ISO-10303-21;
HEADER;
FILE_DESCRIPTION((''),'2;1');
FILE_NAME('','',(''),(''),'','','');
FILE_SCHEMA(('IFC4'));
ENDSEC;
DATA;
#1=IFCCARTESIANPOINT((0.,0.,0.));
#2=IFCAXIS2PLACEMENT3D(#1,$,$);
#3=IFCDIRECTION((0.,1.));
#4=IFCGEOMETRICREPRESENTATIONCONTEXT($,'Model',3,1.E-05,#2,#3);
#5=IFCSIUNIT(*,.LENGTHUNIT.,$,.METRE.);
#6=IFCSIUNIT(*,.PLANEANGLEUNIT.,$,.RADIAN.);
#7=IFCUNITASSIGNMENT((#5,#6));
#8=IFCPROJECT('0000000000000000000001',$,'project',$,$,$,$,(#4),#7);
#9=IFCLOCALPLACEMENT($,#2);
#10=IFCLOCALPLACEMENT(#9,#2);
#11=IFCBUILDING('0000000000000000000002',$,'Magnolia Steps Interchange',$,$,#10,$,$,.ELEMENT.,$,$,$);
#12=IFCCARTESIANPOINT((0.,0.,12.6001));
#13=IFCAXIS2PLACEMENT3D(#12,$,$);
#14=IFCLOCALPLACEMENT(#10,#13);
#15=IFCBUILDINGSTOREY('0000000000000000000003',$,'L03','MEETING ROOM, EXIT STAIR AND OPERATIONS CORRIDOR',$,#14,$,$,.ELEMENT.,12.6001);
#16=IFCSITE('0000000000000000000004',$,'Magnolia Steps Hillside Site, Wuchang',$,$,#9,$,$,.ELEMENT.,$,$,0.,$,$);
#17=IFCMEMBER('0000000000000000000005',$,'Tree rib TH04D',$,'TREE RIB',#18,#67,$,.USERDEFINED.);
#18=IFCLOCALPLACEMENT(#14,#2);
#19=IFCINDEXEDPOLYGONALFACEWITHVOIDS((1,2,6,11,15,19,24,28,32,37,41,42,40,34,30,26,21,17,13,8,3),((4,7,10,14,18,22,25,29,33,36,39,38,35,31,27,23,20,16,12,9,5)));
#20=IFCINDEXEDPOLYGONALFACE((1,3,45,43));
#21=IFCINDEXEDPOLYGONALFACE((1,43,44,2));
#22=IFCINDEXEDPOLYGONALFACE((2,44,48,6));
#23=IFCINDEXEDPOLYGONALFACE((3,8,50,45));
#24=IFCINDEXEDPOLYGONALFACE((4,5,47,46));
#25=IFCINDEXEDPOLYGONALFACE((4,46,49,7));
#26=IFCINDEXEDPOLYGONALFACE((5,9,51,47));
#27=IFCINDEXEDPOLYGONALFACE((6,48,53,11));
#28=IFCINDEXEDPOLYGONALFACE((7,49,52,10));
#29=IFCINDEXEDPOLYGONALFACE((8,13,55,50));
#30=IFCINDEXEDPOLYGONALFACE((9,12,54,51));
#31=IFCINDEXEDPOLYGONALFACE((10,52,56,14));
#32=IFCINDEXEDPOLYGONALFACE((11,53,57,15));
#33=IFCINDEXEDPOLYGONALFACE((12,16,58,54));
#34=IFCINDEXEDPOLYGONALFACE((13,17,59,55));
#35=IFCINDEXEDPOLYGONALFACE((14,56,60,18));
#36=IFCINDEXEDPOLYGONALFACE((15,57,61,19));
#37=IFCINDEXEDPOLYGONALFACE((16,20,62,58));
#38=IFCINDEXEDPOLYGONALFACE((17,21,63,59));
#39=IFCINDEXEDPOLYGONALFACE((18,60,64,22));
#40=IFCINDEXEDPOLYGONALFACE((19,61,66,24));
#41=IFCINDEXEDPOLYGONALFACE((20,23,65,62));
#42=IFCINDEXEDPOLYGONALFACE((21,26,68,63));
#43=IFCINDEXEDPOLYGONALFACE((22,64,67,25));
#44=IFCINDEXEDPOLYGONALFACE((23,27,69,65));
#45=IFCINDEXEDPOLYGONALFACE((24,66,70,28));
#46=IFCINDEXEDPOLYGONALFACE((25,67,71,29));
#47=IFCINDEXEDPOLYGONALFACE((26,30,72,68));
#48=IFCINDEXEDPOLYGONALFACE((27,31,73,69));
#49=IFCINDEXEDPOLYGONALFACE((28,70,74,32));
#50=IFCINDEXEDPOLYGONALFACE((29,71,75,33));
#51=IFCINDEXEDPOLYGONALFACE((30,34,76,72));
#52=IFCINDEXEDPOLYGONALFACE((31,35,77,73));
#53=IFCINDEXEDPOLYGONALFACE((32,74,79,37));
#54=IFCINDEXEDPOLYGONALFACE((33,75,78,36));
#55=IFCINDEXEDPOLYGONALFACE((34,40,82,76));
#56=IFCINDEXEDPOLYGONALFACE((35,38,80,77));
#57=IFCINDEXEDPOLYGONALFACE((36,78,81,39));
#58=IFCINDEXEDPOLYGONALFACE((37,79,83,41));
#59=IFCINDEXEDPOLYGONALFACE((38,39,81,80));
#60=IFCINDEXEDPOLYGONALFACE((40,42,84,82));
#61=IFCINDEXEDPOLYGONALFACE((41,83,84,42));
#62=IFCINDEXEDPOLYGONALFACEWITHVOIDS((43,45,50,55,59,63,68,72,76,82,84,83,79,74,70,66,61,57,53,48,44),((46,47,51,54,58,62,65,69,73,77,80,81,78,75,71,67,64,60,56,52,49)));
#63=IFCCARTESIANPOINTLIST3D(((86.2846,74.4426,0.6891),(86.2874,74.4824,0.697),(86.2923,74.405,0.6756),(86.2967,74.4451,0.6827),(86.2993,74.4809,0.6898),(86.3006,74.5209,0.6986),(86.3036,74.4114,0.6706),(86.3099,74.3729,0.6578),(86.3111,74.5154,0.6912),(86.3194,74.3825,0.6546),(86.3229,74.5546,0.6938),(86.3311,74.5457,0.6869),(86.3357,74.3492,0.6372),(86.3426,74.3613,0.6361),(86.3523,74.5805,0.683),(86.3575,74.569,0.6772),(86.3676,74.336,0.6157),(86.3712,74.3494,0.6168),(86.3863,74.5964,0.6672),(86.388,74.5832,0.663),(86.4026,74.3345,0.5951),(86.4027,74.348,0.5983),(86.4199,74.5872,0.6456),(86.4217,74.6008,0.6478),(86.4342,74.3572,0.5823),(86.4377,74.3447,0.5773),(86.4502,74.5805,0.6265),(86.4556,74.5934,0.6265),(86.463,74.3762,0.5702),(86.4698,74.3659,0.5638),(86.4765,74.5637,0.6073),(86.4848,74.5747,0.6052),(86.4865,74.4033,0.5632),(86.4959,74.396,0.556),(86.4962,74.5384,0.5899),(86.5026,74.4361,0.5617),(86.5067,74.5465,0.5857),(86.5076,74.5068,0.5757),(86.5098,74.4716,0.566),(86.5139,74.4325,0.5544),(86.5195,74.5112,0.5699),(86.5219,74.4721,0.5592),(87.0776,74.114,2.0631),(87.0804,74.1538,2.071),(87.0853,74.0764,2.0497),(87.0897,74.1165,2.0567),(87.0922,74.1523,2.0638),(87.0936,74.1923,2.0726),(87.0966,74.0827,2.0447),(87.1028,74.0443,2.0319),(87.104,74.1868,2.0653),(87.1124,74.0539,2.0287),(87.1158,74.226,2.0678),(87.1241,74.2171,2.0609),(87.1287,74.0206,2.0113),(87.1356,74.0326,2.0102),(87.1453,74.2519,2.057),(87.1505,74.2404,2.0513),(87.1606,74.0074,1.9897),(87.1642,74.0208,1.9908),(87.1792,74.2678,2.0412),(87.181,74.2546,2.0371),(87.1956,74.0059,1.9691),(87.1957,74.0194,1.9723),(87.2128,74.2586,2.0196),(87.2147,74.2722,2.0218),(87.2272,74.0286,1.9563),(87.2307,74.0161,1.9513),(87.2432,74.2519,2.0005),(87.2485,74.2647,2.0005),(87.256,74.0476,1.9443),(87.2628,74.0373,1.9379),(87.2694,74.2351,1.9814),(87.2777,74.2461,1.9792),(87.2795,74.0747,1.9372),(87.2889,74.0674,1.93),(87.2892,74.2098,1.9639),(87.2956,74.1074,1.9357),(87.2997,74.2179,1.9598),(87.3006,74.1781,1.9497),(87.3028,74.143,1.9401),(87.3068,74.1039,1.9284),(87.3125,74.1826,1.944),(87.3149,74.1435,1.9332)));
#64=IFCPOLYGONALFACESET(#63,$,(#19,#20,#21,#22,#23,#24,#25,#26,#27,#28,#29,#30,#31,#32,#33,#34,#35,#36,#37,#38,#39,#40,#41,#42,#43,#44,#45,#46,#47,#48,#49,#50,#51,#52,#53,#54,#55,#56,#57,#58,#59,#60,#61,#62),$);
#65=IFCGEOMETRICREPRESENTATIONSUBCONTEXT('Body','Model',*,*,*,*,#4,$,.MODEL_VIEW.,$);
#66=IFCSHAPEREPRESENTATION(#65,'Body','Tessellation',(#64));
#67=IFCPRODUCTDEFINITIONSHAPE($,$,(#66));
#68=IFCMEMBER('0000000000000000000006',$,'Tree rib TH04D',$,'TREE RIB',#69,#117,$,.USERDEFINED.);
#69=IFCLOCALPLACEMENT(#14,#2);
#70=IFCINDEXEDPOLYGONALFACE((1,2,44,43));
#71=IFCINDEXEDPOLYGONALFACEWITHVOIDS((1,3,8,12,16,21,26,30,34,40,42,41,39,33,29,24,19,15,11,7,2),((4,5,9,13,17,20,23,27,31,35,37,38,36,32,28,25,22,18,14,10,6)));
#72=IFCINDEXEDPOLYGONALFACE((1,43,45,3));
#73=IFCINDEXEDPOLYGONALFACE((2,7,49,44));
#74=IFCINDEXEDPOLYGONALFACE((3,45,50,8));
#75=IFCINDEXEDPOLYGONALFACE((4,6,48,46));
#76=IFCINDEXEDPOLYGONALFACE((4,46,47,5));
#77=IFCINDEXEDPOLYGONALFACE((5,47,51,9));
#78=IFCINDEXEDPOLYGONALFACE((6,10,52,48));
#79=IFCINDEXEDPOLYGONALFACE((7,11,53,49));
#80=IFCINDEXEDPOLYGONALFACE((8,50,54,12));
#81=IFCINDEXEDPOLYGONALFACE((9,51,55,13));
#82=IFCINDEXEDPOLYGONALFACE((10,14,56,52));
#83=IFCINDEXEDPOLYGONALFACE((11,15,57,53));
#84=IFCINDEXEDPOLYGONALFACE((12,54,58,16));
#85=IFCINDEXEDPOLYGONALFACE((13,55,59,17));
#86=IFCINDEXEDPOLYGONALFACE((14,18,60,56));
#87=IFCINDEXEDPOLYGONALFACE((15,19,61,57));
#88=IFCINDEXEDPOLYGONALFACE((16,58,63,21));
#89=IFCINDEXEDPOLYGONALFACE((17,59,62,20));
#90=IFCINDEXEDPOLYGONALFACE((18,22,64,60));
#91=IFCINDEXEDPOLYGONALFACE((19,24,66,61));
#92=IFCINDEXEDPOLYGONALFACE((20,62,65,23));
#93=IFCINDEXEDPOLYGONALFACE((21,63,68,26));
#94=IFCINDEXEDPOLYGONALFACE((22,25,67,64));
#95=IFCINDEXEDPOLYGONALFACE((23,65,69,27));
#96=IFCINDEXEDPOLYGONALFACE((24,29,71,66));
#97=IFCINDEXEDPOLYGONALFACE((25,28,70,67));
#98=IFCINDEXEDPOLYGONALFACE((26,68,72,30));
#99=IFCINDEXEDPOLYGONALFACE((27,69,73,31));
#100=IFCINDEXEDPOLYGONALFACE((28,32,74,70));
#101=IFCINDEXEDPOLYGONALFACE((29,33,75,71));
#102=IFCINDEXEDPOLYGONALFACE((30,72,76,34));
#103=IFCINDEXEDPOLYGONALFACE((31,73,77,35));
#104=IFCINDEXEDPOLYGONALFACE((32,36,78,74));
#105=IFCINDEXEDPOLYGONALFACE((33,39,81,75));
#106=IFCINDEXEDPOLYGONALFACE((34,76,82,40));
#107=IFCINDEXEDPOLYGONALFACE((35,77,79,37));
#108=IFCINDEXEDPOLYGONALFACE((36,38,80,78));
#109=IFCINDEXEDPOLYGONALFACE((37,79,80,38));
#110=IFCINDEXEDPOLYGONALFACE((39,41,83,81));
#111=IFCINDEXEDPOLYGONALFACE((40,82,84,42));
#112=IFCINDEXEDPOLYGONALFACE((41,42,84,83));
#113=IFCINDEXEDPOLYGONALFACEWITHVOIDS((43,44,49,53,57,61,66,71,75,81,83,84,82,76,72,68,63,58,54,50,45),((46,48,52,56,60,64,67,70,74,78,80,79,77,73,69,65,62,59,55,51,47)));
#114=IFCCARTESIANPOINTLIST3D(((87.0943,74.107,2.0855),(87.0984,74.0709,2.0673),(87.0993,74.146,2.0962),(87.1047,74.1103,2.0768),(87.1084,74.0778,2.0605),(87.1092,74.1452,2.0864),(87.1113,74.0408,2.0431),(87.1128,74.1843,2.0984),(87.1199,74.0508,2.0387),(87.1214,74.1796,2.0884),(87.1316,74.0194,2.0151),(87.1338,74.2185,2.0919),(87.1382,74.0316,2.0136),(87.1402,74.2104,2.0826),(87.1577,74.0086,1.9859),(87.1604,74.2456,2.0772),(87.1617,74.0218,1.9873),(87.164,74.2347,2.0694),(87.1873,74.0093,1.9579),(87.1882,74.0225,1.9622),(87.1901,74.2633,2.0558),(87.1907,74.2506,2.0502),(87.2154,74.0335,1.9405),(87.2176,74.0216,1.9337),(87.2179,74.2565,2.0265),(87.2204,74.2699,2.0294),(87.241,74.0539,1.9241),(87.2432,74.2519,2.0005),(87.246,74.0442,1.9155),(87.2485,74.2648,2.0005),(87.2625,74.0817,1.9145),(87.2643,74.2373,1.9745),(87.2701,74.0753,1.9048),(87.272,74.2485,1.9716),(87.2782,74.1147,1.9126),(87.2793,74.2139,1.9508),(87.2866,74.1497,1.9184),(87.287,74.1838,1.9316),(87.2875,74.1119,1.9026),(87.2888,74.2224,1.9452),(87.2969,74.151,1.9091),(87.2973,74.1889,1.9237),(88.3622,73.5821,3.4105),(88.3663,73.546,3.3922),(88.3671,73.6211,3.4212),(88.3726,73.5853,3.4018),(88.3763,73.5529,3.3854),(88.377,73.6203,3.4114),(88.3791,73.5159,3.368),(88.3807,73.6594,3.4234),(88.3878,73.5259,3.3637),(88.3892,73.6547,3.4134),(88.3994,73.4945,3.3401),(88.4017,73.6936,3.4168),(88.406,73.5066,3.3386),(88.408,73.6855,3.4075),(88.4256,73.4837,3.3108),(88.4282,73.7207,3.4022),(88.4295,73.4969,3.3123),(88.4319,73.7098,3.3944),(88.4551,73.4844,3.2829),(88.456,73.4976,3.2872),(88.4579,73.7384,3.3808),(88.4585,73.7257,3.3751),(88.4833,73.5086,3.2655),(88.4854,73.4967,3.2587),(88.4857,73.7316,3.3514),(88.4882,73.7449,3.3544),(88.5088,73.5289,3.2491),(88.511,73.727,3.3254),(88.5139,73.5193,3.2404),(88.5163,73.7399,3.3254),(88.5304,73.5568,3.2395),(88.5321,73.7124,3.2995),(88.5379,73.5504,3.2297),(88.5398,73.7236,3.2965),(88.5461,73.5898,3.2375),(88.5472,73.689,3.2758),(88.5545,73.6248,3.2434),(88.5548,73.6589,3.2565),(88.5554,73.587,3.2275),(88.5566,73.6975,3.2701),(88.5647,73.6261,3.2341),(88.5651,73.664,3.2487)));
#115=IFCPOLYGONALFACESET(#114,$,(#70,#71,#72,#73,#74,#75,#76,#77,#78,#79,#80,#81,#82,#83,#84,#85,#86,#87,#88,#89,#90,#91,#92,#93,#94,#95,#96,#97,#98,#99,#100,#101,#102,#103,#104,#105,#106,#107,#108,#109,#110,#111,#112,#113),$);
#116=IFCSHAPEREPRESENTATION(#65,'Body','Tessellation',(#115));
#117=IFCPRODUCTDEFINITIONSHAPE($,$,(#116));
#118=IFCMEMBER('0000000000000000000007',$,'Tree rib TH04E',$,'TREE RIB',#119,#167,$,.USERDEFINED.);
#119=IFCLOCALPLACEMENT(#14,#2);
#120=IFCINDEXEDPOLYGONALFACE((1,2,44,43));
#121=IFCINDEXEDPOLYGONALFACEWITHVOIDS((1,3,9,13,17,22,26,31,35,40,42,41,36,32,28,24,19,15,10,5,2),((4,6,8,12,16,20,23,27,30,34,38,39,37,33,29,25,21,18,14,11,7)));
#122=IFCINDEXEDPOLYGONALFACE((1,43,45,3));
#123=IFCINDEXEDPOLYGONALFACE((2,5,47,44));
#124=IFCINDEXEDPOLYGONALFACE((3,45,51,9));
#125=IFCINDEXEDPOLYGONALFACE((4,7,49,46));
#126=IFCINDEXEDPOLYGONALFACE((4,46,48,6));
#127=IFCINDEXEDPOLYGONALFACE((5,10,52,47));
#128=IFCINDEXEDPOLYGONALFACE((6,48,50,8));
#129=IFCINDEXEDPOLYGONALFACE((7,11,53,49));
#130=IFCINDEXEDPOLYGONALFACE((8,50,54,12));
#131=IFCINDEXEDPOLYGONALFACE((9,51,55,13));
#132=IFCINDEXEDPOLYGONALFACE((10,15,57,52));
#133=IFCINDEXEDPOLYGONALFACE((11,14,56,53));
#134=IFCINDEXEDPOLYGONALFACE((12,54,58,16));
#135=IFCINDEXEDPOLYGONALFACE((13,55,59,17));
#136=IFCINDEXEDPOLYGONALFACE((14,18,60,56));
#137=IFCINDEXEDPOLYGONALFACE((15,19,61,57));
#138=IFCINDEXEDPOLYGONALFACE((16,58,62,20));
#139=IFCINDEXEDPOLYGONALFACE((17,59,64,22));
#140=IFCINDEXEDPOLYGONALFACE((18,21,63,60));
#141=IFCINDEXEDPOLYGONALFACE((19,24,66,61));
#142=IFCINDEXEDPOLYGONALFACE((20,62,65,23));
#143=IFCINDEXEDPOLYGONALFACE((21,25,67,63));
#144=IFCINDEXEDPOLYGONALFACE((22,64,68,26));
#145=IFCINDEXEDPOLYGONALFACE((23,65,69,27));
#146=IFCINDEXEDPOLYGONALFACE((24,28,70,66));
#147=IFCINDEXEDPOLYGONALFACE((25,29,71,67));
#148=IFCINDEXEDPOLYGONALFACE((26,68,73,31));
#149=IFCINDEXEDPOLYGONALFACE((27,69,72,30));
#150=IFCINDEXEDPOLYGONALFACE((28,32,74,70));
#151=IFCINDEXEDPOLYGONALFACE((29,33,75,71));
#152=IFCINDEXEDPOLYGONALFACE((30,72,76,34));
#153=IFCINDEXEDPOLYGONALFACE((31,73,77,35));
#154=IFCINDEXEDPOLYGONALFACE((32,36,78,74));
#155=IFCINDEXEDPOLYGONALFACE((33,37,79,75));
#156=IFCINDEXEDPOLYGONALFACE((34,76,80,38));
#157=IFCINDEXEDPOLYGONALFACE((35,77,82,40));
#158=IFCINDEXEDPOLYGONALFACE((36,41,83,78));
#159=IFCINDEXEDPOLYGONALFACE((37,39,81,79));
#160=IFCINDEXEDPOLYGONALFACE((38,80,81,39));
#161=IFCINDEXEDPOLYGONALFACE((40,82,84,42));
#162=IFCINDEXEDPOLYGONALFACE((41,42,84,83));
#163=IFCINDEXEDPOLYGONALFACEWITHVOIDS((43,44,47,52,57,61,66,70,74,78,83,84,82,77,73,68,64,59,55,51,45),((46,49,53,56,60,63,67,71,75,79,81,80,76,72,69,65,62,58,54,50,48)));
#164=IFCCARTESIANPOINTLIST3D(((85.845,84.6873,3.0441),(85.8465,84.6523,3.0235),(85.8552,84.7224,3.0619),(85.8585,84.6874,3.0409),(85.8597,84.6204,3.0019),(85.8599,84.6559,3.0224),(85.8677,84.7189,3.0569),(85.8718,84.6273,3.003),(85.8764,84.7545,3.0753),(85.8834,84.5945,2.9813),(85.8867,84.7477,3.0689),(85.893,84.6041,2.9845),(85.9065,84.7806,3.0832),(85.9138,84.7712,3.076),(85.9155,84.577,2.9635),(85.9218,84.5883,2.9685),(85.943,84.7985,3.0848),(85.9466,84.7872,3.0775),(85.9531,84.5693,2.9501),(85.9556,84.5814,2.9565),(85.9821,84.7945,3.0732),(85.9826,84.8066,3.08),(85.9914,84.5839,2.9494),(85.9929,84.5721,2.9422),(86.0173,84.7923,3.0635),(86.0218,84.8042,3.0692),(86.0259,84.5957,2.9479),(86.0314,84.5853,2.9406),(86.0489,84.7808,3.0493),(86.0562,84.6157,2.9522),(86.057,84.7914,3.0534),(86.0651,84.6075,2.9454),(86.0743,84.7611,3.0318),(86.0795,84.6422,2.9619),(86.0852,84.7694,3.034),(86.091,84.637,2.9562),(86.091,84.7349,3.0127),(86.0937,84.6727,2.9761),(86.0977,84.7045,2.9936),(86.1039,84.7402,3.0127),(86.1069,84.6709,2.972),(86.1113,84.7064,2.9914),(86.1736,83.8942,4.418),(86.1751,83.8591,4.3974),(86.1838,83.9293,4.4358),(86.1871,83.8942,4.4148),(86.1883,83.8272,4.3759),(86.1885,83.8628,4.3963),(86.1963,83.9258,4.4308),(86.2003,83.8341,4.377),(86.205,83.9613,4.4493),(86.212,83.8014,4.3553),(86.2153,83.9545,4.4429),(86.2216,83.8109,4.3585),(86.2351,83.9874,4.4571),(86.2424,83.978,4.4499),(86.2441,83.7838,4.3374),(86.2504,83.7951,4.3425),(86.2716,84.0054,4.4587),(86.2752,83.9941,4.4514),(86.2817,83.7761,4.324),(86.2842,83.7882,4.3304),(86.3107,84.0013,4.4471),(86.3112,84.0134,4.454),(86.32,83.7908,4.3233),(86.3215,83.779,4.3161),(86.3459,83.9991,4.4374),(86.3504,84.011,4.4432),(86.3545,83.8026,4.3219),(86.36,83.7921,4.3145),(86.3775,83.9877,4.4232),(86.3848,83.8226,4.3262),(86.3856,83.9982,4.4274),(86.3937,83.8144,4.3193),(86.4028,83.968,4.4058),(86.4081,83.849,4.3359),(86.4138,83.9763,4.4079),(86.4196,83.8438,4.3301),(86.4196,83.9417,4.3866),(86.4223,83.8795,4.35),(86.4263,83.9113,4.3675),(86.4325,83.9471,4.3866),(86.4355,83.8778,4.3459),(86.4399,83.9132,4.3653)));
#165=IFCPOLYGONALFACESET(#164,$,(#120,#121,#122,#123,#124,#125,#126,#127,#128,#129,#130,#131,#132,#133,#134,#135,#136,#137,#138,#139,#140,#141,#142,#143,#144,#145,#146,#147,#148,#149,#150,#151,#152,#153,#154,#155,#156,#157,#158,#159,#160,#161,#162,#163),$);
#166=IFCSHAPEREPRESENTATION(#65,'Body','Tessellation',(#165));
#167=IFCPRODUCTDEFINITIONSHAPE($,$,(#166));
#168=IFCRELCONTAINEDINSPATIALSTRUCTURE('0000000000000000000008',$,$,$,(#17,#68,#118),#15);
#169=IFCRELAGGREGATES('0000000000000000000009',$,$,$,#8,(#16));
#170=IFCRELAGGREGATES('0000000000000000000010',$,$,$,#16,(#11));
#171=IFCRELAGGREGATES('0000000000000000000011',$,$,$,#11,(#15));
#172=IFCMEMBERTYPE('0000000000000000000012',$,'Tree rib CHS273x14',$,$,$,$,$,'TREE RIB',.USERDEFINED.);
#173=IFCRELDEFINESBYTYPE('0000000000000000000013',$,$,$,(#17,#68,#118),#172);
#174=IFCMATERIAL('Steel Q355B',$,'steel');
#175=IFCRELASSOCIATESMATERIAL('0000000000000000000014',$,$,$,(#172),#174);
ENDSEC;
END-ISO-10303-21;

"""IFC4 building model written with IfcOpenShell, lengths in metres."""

from ifc_helpers import new_model, si_unit, direction, frame, origin, origin_2d, place, context, subcontext, project, spatial, hollow_circle, extrude, material, material_profile, profile_set, type_object, element, save


model = new_model("IFC4")

# Units and contexts
model_context = context("Model", 3, precision=1e-05, world=origin(), true_north=direction((0.0, 1.0)))
body_context = subcontext(model_context, "Body", "Model", "MODEL_VIEW")
ifc_project = project(units=[si_unit("LENGTHUNIT", "METRE"), si_unit("PLANEANGLEUNIT", "RADIAN")], contexts=[model_context])

# Site, building, storey
site_placement = place(None, origin())
site = spatial("IfcSite", under=ifc_project, at=site_placement, Name="Magnolia Steps Hillside Site, Wuchang", CompositionType="ELEMENT", RefElevation=0.0)
building_placement = place(site_placement, origin())
building = spatial("IfcBuilding", under=site, at=building_placement, Name="Magnolia Steps Interchange", CompositionType="ELEMENT")
storey_placement = place(building_placement, frame((0.0, 0.0, 12.6001)))
storey = spatial("IfcBuildingStorey", under=building, at=storey_placement, Name="L03", Description="MEETING ROOM, EXIT STAIR AND OPERATIONS CORRIDOR", CompositionType="ELEMENT", Elevation=12.6001)

# Members
ifc_material_1 = material(Name="Steel Q355B", Category="steel")
ifc_material_profile_1 = material_profile(ifc_material_1, hollow_circle(Radius=0.1365, WallThickness=0.0139, at=origin_2d()), Name="CHS273x14")
ifc_profile_set_1 = profile_set([ifc_material_profile_1], Name="Steel Q355B")
member_type_1 = type_object("IfcMemberType", Name="Tree rib CHS273x14", ElementType="TREE RIB", PredefinedType="USERDEFINED", material=ifc_profile_set_1)
member_1_placement = place(storey_placement, frame((86.4033, 74.4673, 0.6265), z_axis=(0.489456, -0.202835, 0.84811), x_axis=(0.382837, 0.923816, 0.0)))
element("IfcMember", 1, at=member_1_placement, inside=storey, type_object=member_type_1, Name="Tree rib TH04D", ObjectType="TREE RIB", PredefinedType="USERDEFINED", context=body_context, shape_type="SweptSolid", body=[
    extrude(hollow_circle(Radius=0.1365, WallThickness=0.0139, at=origin_2d()), origin(), (0.0, 0.0, 1.0), 1.6201),
])
member_2_placement = place(storey_placement, frame((87.1963, 74.1387, 2.0005), z_axis=(0.664666, -0.275184, 0.694617), x_axis=(0.38253, 0.923943, 0.0)))
element("IfcMember", 2, at=member_2_placement, inside=storey, type_object=member_type_1, Name="Tree rib TH04D", ObjectType="TREE RIB", PredefinedType="USERDEFINED", context=body_context, shape_type="SweptSolid", body=[
    extrude(hollow_circle(Radius=0.1365, WallThickness=0.0139, at=origin_2d()), origin(), (0.0, 0.0, 1.0), 1.9075),
])
for number, where, z_axis, x_axis, name in (
    (3, (85.9778, 84.688, 3.0127), (0.20282, -0.489571, 0.848047), (0.923857, 0.382737, 0.0), "Tree rib TH04E"),
):
    element("IfcMember", number, at=place(storey_placement, frame(where, z_axis=z_axis, x_axis=x_axis)), inside=storey, type_object=member_type_1, Name=name, ObjectType="TREE RIB", PredefinedType="USERDEFINED", context=body_context, shape_type="SweptSolid", body=[
        extrude(hollow_circle(Radius=0.1365, WallThickness=0.0139, at=origin_2d()), origin(), (0.0, 0.0, 1.0), 1.6201),
    ])

save(model, "model.ifc")
